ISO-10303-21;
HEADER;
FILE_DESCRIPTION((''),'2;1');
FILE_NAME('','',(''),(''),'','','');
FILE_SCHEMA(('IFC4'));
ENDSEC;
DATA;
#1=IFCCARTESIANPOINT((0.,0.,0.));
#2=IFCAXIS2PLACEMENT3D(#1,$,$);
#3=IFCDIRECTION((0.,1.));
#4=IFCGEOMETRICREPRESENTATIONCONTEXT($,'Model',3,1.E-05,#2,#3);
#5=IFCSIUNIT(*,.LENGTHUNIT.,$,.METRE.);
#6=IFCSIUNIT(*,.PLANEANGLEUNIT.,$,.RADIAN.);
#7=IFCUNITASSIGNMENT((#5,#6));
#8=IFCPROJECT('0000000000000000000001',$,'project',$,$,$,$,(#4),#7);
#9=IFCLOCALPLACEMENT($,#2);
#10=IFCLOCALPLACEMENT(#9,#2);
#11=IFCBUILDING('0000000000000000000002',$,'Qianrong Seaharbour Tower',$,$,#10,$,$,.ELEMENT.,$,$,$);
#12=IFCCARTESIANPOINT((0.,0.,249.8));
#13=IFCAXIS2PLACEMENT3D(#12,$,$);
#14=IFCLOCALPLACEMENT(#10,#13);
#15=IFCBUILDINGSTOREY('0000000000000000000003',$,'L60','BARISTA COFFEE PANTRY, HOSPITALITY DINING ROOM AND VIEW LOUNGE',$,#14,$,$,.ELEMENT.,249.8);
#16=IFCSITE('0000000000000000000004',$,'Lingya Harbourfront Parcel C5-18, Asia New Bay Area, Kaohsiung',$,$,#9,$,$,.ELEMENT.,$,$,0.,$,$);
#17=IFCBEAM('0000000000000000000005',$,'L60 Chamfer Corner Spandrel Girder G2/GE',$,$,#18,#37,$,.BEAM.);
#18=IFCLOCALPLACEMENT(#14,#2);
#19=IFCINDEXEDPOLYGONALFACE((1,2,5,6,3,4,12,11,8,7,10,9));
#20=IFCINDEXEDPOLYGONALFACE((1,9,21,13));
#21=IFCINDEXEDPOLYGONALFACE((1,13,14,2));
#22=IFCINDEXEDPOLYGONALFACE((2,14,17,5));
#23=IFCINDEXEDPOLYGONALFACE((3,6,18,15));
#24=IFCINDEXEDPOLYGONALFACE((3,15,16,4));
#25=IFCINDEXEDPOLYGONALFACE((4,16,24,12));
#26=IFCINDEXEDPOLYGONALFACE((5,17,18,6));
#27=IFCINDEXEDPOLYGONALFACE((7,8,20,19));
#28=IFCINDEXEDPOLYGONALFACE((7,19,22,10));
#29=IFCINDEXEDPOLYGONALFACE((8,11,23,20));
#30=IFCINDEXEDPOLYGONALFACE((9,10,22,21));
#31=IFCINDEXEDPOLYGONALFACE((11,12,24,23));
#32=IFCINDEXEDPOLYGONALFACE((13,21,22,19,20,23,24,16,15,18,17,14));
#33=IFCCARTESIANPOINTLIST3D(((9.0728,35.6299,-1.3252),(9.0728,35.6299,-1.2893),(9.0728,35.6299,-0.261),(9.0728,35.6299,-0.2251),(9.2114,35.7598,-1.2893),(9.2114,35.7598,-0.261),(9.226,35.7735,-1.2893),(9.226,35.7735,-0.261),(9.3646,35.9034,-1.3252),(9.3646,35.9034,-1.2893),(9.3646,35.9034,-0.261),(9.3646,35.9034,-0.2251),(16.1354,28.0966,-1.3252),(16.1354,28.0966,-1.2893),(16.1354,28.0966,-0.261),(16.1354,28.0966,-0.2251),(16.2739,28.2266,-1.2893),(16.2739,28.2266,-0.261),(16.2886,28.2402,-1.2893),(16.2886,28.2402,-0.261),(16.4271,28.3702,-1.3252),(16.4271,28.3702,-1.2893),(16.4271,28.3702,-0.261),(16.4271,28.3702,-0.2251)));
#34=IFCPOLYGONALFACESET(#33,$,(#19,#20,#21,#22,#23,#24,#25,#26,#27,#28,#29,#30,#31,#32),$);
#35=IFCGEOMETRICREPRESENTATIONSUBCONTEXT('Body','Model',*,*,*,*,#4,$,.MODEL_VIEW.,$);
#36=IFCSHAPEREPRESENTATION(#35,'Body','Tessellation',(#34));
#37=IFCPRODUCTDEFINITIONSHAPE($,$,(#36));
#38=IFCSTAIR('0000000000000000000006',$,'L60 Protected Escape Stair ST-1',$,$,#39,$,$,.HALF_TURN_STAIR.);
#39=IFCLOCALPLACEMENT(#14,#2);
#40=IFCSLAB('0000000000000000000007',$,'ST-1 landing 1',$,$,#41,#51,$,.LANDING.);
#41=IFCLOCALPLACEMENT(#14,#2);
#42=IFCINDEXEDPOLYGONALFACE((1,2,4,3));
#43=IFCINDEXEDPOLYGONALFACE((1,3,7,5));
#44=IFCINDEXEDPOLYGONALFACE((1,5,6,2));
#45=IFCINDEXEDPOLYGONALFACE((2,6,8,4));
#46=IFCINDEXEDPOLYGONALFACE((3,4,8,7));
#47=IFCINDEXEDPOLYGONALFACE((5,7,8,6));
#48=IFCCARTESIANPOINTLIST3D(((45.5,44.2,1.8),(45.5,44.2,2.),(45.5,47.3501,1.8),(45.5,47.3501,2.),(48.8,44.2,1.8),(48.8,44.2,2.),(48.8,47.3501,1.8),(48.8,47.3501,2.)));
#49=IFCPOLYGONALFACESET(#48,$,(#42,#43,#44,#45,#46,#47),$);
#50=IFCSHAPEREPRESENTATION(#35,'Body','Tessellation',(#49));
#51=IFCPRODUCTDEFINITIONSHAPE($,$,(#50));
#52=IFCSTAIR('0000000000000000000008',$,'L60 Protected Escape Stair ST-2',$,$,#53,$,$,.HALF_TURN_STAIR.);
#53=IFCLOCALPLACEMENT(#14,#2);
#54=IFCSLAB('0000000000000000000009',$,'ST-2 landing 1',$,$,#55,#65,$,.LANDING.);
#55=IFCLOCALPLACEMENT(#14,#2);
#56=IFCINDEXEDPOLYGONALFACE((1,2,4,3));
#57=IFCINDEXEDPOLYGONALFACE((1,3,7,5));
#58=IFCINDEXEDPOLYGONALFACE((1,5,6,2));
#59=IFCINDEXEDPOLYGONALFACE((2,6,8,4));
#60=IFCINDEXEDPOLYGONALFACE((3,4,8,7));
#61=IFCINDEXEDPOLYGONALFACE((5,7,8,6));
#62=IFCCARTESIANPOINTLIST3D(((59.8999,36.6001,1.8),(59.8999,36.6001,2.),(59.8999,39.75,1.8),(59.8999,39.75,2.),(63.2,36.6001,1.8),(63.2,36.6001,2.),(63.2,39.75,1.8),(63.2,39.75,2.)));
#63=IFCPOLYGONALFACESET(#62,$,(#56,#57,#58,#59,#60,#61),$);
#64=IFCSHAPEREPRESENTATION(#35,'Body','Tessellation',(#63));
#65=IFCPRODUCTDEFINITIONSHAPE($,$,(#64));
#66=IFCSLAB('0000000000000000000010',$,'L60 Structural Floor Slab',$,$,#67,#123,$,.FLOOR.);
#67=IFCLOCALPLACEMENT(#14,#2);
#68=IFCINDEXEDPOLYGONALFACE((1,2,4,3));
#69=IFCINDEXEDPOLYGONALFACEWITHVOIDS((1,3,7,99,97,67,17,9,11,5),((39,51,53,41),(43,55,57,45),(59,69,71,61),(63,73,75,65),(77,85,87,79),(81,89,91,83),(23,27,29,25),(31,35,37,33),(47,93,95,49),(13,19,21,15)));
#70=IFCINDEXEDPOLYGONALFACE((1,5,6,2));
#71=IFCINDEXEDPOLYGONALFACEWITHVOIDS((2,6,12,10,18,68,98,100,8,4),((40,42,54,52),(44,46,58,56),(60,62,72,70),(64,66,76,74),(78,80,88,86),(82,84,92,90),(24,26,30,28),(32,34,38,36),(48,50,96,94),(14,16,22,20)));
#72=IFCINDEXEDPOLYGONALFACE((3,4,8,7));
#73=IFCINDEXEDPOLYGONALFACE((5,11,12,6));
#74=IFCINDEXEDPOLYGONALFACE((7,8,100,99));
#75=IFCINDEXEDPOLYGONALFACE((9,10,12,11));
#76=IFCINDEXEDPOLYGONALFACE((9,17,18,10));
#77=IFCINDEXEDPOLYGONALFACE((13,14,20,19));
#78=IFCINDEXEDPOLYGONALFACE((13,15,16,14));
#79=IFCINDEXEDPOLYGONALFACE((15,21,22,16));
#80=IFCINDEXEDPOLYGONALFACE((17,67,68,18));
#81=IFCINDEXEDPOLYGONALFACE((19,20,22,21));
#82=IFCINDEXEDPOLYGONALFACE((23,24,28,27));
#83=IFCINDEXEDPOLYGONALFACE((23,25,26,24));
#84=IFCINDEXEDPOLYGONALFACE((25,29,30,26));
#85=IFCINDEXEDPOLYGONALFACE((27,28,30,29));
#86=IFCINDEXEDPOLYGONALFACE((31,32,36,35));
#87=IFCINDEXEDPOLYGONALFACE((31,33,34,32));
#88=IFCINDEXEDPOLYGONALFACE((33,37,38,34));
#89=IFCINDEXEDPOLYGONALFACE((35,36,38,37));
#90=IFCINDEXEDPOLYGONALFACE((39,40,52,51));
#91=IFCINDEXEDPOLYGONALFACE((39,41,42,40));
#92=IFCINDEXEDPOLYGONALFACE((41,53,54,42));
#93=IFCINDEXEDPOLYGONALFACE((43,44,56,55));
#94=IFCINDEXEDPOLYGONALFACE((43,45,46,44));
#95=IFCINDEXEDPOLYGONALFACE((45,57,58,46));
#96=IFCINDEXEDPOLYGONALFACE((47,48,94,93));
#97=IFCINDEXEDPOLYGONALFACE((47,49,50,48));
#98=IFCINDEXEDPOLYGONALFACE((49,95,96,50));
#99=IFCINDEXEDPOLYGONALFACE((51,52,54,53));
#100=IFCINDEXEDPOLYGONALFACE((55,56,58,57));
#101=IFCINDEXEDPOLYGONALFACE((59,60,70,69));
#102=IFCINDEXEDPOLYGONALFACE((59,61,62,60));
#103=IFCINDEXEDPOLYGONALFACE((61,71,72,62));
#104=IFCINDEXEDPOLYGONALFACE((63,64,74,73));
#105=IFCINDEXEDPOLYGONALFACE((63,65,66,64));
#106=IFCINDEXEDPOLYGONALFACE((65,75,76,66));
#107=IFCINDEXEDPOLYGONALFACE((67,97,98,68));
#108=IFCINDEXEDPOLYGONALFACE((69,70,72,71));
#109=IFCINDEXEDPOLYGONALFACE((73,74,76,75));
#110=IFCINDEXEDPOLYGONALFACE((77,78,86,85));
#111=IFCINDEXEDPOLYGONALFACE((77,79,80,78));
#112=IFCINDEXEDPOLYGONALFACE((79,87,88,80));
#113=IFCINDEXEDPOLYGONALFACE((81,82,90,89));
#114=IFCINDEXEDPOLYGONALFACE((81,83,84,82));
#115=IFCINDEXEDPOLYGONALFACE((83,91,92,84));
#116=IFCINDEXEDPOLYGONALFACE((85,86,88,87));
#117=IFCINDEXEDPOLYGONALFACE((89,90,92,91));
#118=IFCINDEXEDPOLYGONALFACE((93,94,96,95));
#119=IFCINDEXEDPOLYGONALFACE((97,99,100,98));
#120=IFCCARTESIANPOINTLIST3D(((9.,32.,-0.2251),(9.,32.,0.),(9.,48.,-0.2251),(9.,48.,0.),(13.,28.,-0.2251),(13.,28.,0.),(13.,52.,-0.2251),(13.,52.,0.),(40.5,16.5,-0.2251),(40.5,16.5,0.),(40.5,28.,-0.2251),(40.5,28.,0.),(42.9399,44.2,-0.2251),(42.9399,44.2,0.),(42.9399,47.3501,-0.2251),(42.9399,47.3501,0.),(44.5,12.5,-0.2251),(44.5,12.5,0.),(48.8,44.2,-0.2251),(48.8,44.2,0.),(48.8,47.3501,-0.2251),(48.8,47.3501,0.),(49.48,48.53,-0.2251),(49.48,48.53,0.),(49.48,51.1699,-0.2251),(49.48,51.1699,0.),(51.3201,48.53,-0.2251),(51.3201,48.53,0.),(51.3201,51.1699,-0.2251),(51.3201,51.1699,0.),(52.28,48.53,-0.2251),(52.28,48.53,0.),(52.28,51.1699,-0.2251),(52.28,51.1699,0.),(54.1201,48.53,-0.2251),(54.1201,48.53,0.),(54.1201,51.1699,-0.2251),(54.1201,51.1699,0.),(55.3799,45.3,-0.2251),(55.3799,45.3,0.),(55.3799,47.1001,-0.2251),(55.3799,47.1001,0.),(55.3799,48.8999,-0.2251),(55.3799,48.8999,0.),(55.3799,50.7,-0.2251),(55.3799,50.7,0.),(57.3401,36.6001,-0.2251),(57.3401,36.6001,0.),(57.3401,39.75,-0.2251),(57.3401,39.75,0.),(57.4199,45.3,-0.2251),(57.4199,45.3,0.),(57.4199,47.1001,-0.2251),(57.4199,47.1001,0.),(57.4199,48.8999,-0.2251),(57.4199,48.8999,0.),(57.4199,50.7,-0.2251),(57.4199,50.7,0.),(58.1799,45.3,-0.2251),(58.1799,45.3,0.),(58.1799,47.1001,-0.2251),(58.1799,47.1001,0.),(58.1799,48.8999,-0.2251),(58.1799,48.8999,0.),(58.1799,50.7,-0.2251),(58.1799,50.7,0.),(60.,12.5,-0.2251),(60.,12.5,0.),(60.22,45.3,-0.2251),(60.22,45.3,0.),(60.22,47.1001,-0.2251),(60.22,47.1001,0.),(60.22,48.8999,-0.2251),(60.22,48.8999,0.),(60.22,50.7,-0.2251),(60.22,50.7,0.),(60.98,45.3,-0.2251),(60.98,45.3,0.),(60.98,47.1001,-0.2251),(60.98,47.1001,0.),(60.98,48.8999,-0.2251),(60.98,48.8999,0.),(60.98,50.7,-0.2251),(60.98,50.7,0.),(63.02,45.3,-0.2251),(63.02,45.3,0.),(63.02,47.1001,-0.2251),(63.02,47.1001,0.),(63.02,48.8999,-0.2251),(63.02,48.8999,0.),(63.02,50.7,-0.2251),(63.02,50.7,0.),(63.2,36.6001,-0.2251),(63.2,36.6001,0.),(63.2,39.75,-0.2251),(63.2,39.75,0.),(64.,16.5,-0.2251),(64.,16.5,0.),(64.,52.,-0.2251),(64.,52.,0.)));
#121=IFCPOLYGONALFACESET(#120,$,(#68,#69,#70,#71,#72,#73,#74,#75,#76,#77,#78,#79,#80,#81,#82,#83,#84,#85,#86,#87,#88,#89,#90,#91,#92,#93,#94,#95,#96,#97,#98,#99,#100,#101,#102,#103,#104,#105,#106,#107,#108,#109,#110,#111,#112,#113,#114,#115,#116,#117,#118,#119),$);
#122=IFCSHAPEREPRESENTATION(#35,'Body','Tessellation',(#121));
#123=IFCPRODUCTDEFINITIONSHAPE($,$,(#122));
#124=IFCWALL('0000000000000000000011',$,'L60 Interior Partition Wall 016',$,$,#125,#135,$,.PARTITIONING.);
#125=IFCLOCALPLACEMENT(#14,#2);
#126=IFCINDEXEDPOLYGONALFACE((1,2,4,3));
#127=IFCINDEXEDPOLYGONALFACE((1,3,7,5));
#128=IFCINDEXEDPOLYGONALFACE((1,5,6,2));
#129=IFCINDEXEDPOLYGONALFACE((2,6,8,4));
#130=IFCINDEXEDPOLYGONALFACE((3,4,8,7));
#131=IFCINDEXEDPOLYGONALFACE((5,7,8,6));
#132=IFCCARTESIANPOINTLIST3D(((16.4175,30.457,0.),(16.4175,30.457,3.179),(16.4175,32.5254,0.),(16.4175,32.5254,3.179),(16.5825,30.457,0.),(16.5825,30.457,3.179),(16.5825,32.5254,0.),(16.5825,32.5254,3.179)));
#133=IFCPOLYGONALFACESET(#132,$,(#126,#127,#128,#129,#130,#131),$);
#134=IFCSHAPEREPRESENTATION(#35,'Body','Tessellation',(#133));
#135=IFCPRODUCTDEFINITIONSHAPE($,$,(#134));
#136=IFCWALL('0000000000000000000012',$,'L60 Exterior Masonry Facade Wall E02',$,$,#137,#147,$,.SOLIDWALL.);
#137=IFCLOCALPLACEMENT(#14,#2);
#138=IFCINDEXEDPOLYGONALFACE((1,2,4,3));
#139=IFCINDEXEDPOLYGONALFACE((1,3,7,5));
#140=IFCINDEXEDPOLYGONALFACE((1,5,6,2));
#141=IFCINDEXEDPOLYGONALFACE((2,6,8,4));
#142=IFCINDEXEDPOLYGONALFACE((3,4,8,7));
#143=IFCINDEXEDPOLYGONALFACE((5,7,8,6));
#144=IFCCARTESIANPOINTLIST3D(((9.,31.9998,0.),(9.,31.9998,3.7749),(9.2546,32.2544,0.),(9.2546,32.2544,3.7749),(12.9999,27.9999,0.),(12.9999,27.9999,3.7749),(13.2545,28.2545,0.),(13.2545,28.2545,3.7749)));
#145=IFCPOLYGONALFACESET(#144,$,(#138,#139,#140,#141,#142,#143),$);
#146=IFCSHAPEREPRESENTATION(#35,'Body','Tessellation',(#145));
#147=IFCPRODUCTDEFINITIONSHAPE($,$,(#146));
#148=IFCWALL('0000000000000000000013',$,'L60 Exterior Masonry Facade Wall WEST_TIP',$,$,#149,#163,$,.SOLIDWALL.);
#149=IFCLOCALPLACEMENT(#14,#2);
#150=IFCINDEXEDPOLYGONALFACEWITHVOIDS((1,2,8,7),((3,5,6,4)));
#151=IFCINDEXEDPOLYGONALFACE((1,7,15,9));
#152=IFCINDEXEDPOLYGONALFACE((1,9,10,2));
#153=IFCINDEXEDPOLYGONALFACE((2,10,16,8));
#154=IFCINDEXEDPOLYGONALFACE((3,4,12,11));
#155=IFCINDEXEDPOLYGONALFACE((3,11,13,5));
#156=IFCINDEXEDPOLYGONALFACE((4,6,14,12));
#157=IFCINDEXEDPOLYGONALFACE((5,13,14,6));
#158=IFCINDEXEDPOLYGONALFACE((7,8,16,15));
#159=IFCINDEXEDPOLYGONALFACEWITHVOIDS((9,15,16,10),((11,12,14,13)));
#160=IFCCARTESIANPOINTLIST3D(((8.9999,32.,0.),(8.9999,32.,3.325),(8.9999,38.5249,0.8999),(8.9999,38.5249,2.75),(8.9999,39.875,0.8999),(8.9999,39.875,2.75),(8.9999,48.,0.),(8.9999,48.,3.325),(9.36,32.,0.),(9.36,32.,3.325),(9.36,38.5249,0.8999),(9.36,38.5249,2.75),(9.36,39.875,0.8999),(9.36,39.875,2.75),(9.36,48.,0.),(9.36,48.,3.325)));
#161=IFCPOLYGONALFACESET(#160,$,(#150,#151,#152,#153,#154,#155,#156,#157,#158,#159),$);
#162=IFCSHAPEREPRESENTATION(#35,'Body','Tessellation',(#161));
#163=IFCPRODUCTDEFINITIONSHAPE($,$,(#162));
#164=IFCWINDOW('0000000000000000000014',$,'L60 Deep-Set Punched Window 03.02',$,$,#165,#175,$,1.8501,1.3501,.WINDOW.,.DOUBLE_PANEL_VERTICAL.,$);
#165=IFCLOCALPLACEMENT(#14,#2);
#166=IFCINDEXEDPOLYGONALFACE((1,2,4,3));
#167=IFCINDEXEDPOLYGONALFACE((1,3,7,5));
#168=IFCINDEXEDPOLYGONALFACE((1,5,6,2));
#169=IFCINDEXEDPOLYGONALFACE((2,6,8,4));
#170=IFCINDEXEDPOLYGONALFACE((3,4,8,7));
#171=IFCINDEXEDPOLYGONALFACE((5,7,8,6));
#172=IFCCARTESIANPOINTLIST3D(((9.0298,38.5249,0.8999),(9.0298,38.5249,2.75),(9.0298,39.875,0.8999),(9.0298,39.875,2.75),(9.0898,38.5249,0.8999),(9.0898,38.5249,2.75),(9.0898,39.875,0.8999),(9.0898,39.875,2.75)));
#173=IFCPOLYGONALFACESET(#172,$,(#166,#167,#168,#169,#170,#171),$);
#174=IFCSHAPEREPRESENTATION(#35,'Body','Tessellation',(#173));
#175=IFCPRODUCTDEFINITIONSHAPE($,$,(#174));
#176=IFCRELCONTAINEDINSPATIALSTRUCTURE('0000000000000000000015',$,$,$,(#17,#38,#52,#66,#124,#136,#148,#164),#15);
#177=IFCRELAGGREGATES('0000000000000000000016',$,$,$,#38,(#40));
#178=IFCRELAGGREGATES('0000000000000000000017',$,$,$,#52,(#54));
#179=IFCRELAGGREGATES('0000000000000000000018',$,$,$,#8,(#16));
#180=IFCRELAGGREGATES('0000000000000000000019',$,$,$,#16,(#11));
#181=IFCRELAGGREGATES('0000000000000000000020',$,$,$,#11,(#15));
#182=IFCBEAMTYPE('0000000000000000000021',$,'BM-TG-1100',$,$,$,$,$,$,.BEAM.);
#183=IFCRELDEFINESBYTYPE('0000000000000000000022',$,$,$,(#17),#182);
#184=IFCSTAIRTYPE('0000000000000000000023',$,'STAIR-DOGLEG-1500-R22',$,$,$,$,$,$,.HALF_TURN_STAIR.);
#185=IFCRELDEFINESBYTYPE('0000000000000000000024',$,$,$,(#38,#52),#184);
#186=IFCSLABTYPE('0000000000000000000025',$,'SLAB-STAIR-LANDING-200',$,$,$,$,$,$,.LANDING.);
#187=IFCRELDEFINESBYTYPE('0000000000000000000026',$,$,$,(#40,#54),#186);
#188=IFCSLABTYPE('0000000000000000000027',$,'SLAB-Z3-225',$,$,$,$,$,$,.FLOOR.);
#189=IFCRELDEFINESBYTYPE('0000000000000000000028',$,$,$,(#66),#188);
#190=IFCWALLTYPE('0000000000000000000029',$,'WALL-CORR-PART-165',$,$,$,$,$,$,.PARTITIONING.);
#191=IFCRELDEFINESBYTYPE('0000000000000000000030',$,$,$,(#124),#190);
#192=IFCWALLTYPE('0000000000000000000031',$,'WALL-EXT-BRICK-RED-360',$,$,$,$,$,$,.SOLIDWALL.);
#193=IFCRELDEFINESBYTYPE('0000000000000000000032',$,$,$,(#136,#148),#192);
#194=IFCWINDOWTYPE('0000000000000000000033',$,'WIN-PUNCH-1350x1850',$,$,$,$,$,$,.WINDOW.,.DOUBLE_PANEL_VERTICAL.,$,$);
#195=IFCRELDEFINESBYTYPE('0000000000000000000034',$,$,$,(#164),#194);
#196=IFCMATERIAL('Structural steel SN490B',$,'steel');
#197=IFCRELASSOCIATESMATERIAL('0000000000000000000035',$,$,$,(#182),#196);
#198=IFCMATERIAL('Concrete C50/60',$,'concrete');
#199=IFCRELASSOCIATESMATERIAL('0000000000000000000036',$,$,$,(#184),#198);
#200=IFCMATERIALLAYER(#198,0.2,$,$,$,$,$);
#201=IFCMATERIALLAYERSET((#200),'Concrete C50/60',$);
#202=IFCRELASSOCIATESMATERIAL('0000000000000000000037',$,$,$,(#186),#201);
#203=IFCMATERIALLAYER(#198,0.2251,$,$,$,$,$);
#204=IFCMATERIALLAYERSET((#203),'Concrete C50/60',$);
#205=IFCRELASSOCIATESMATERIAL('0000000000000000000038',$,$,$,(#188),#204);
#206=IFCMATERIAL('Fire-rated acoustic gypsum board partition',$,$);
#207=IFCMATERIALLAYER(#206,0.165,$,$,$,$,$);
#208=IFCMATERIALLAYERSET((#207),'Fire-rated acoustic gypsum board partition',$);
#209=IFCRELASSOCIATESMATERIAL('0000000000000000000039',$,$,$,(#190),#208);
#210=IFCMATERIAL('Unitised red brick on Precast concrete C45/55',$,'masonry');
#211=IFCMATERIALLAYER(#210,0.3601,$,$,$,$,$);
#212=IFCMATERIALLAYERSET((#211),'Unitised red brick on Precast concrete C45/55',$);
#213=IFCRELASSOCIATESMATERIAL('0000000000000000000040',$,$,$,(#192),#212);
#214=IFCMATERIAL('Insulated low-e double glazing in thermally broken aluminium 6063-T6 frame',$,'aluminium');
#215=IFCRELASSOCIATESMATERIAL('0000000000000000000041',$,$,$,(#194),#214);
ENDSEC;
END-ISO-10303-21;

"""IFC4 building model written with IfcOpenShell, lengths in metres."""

from ifc_helpers import new_model, si_unit, direction, frame, frame_2d, origin, origin_2d, place, context, subcontext, project, spatial, polyline, rectangle, i_section, outline, extrude, material, layer, layer_set, material_profile, profile_set, type_object, element, fill, aggregate, save


model = new_model("IFC4")

# Units and contexts
model_context = context("Model", 3, precision=1e-05, world=origin(), true_north=direction((0.0, 1.0)))
body_context = subcontext(model_context, "Body", "Model", "MODEL_VIEW")
ifc_project = project(units=[si_unit("LENGTHUNIT", "METRE"), si_unit("PLANEANGLEUNIT", "RADIAN")], contexts=[model_context])

# Site, building, storey
site_placement = place(None, origin())
site = spatial("IfcSite", under=ifc_project, at=site_placement, Name="Lingya Harbourfront Parcel C5-18, Asia New Bay Area, Kaohsiung", CompositionType="ELEMENT", RefElevation=0.0)
building_placement = place(site_placement, origin())
building = spatial("IfcBuilding", under=site, at=building_placement, Name="Qianrong Seaharbour Tower", CompositionType="ELEMENT")
storey_placement = place(building_placement, frame((0.0, 0.0, 249.8)))
storey = spatial("IfcBuildingStorey", under=building, at=storey_placement, Name="L60", Description="BARISTA COFFEE PANTRY, HOSPITALITY DINING ROOM AND VIEW LOUNGE", CompositionType="ELEMENT", Elevation=249.8)

# Shared definitions
ifc_material_1 = material(Name="Structural steel SN490B", Category="steel")

# Beam
ifc_material_profile_1 = material_profile(ifc_material_1, i_section(OverallWidth=0.3999, OverallDepth=1.1001, WebThickness=0.02, FlangeThickness=0.0359, at=origin_2d()), Name="BH1100x400x20x36")
ifc_profile_set_1 = profile_set([ifc_material_profile_1], Name="Structural steel SN490B")
beam_type_1 = type_object("IfcBeamType", Name="BM-TG-1100", PredefinedType="BEAM", material=ifc_profile_set_1)
beam_1_placement = place(storey_placement, frame((16.2812, 28.2334, -0.7751), z_axis=(-0.683947, 0.729531, 0.0), x_axis=(-0.729531, -0.683947, 0.0)))
element("IfcBeam", 1, at=beam_1_placement, inside=storey, type_object=beam_type_1, Name="L60 Chamfer Corner Spandrel Girder G2/GE", PredefinedType="BEAM", context=body_context, shape_type="SweptSolid", body=[
    extrude(i_section(OverallWidth=0.3999, OverallDepth=1.1001, WebThickness=0.02, FlangeThickness=0.0359, at=origin_2d()), origin(), (0.0, 0.0, 1.0), 10.3262),
])

# Stairs, slabs
ifc_material_2 = material(Name="Concrete C50/60", Category="concrete")
stair_type = type_object("IfcStairType", Name="STAIR-DOGLEG-1500-R22", PredefinedType="HALF_TURN_STAIR", material=ifc_material_2)
stair_1_placement = place(storey_placement, origin())
stair_1 = element("IfcStair", 2, at=stair_1_placement, inside=storey, type_object=stair_type, Name="L60 Protected Escape Stair ST-1", PredefinedType="HALF_TURN_STAIR")
ifc_layer_1 = layer(ifc_material_2, 0.2)
ifc_layer_set_1 = layer_set([ifc_layer_1], Name="Concrete C50/60")
slab_type_1 = type_object("IfcSlabType", Name="SLAB-STAIR-LANDING-200", PredefinedType="LANDING", material=ifc_layer_set_1)
slab_1_placement = place(storey_placement, frame((0.0, 0.0, 1.8)))
slab_1 = element("IfcSlab", 3, at=slab_1_placement, type_object=slab_type_1, Name="ST-1 landing 1", PredefinedType="LANDING", context=body_context, shape_type="SweptSolid", body=[
    extrude(outline(polyline([(45.5, 44.2), (48.8, 44.2), (48.8, 47.3501), (45.5, 47.3501), (45.5, 44.2)])), origin(), (0.0, 0.0, 1.0), 0.2),
])
aggregate(stair_1, [slab_1])
stair_2_placement = place(storey_placement, origin())
stair_2 = element("IfcStair", 4, at=stair_2_placement, inside=storey, type_object=stair_type, Name="L60 Protected Escape Stair ST-2", PredefinedType="HALF_TURN_STAIR")
slab_2_placement = place(storey_placement, frame((0.0, 0.0, 1.8)))
slab_2 = element("IfcSlab", 5, at=slab_2_placement, type_object=slab_type_1, Name="ST-2 landing 1", PredefinedType="LANDING", context=body_context, shape_type="SweptSolid", body=[
    extrude(outline(polyline([(59.8999, 36.6001), (63.2, 36.6001), (63.2, 39.75), (59.8999, 39.75), (59.8999, 36.6001)])), origin(), (0.0, 0.0, 1.0), 0.2),
])
aggregate(stair_2, [slab_2])

# Slab
ifc_layer_2 = layer(ifc_material_2, 0.2251)
ifc_layer_set_2 = layer_set([ifc_layer_2], Name="Concrete C50/60")
slab_type_2 = type_object("IfcSlabType", Name="SLAB-Z3-225", PredefinedType="FLOOR", material=ifc_layer_set_2)
slab_3_placement = place(storey_placement, frame((0.0, 0.0, -0.2251)))
element("IfcSlab", 6, at=slab_3_placement, inside=storey, type_object=slab_type_2, Name="L60 Structural Floor Slab", PredefinedType="FLOOR", context=body_context, shape_type="SweptSolid", body=[
    extrude(outline(polyline([(44.5, 12.5), (60.0, 12.5), (64.0, 16.5), (64.0, 52.0), (13.0, 52.0), (9.0, 48.0), (9.0, 32.0), (13.0, 28.0), (40.5, 28.0), (40.5, 16.5), (44.5, 12.5)]), holes=[polyline([(42.9399, 44.2), (42.9399, 47.3501), (48.8, 47.3501), (48.8, 44.2), (42.9399, 44.2)]), polyline([(57.3401, 36.6001), (57.3401, 39.75), (63.2, 39.75), (63.2, 36.6001), (57.3401, 36.6001)]), polyline([(49.48, 48.53), (49.48, 51.1699), (51.3201, 51.1699), (51.3201, 48.53), (49.48, 48.53)]), polyline([(52.28, 48.53), (52.28, 51.1699), (54.1201, 51.1699), (54.1201, 48.53), (52.28, 48.53)]), polyline([(55.3799, 45.3), (55.3799, 47.1001), (57.4199, 47.1001), (57.4199, 45.3), (55.3799, 45.3)]), polyline([(58.1799, 45.3), (58.1799, 47.1001), (60.22, 47.1001), (60.22, 45.3), (58.1799, 45.3)]), polyline([(60.98, 45.3), (60.98, 47.1001), (63.02, 47.1001), (63.02, 45.3), (60.98, 45.3)]), polyline([(55.3799, 48.8999), (55.3799, 50.7), (57.4199, 50.7), (57.4199, 48.8999), (55.3799, 48.8999)]), polyline([(58.1799, 48.8999), (58.1799, 50.7), (60.22, 50.7), (60.22, 48.8999), (58.1799, 48.8999)]), polyline([(60.98, 48.8999), (60.98, 50.7), (63.02, 50.7), (63.02, 48.8999), (60.98, 48.8999)])]), origin(), (0.0, 0.0, 1.0), 0.2251),
])

# Walls
ifc_material_3 = material(Name="Fire-rated acoustic gypsum board partition")
ifc_layer_3 = layer(ifc_material_3, 0.165)
ifc_layer_set_3 = layer_set([ifc_layer_3], Name="Fire-rated acoustic gypsum board partition")
wall_type_1 = type_object("IfcWallType", Name="WALL-CORR-PART-165", PredefinedType="PARTITIONING", material=ifc_layer_set_3)
wall_1_placement = place(storey_placement, frame((16.5, 30.457, 0.0), z_axis=(0.0, 0.0, 1.0), x_axis=(0.0, 1.0, 0.0)))
element("IfcWall", 7, at=wall_1_placement, inside=storey, type_object=wall_type_1, Name="L60 Interior Partition Wall 016", PredefinedType="PARTITIONING", context=body_context, shape_type="SweptSolid", body=[
    extrude(rectangle(XDim=2.0684, YDim=0.165, at=frame_2d((1.0342, 0.0))), origin(), (0.0, 0.0, 1.0), 3.179),
])
ifc_material_4 = material(Name="Unitised red brick on Precast concrete C45/55", Category="masonry")
ifc_layer_4 = layer(ifc_material_4, 0.3601)
ifc_layer_set_4 = layer_set([ifc_layer_4], Name="Unitised red brick on Precast concrete C45/55")
wall_type_2 = type_object("IfcWallType", Name="WALL-EXT-BRICK-RED-360", PredefinedType="SOLIDWALL", material=ifc_layer_set_4)
wall_2_placement = place(storey_placement, frame((13.1272, 28.1272, 0.0), z_axis=(0.0, 0.0, 1.0), x_axis=(-0.707107, 0.707107, 0.0)))
element("IfcWall", 8, at=wall_2_placement, inside=storey, type_object=wall_type_2, Name="L60 Exterior Masonry Facade Wall E02", PredefinedType="SOLIDWALL", context=body_context, shape_type="SweptSolid", body=[
    extrude(rectangle(XDim=5.6567, YDim=0.3601, at=frame_2d((2.8284, 0.0))), origin(), (0.0, 0.0, 1.0), 3.7749),
])

# Wall, opening, window
wall_3_placement = place(storey_placement, frame((9.1799, 32.0, 0.0), z_axis=(0.0, 0.0, 1.0), x_axis=(0.0, 1.0, 0.0)))
wall_3 = element("IfcWall", 9, at=wall_3_placement, inside=storey, type_object=wall_type_2, Name="L60 Exterior Masonry Facade Wall WEST_TIP", PredefinedType="SOLIDWALL", context=body_context, shape_type="SweptSolid", body=[
    extrude(rectangle(XDim=16.0, YDim=0.3601, at=frame_2d((8.0, 0.0))), origin(), (0.0, 0.0, 1.0), 3.325),
])
opening_placement = place(wall_3_placement, frame((6.5249, 0.0, 0.8999)))
opening = element("IfcOpeningElement", 10, at=opening_placement, cuts=wall_3, PredefinedType="OPENING", context=body_context, shape_type="SweptSolid", body=[
    extrude(rectangle(XDim=1.3501, YDim=1.8501, at=frame_2d((0.675, 0.925))), frame((0.0, 0.1899, 0.0), z_axis=(0.0, -1.0, 0.0), x_axis=(1.0, 0.0, 0.0)), (0.0, 0.0, 1.0), 0.3801),
])
ifc_material_5 = material(Name="Insulated low-e double glazing in thermally broken aluminium 6063-T6 frame", Category="aluminium")
window_type = type_object("IfcWindowType", Name="WIN-PUNCH-1350x1850", PartitioningType="DOUBLE_PANEL_VERTICAL", PredefinedType="WINDOW", material=ifc_material_5)
window_placement = place(opening_placement, origin())
window = element("IfcWindow", 11, at=window_placement, inside=storey, type_object=window_type, Name="L60 Deep-Set Punched Window 03.02", OverallHeight=1.8501, OverallWidth=1.3501, PartitioningType="DOUBLE_PANEL_VERTICAL", PredefinedType="WINDOW", context=body_context, shape_type="SweptSolid", body=[
    extrude(rectangle(XDim=1.3501, YDim=1.8501, at=frame_2d((0.675, 0.925))), frame((0.0, 0.1501, 0.0), z_axis=(0.0, -1.0, 0.0), x_axis=(1.0, 0.0, 0.0)), (0.0, 0.0, 1.0), 0.0601),
])
fill(opening, window)

save(model, "model.ifc")
